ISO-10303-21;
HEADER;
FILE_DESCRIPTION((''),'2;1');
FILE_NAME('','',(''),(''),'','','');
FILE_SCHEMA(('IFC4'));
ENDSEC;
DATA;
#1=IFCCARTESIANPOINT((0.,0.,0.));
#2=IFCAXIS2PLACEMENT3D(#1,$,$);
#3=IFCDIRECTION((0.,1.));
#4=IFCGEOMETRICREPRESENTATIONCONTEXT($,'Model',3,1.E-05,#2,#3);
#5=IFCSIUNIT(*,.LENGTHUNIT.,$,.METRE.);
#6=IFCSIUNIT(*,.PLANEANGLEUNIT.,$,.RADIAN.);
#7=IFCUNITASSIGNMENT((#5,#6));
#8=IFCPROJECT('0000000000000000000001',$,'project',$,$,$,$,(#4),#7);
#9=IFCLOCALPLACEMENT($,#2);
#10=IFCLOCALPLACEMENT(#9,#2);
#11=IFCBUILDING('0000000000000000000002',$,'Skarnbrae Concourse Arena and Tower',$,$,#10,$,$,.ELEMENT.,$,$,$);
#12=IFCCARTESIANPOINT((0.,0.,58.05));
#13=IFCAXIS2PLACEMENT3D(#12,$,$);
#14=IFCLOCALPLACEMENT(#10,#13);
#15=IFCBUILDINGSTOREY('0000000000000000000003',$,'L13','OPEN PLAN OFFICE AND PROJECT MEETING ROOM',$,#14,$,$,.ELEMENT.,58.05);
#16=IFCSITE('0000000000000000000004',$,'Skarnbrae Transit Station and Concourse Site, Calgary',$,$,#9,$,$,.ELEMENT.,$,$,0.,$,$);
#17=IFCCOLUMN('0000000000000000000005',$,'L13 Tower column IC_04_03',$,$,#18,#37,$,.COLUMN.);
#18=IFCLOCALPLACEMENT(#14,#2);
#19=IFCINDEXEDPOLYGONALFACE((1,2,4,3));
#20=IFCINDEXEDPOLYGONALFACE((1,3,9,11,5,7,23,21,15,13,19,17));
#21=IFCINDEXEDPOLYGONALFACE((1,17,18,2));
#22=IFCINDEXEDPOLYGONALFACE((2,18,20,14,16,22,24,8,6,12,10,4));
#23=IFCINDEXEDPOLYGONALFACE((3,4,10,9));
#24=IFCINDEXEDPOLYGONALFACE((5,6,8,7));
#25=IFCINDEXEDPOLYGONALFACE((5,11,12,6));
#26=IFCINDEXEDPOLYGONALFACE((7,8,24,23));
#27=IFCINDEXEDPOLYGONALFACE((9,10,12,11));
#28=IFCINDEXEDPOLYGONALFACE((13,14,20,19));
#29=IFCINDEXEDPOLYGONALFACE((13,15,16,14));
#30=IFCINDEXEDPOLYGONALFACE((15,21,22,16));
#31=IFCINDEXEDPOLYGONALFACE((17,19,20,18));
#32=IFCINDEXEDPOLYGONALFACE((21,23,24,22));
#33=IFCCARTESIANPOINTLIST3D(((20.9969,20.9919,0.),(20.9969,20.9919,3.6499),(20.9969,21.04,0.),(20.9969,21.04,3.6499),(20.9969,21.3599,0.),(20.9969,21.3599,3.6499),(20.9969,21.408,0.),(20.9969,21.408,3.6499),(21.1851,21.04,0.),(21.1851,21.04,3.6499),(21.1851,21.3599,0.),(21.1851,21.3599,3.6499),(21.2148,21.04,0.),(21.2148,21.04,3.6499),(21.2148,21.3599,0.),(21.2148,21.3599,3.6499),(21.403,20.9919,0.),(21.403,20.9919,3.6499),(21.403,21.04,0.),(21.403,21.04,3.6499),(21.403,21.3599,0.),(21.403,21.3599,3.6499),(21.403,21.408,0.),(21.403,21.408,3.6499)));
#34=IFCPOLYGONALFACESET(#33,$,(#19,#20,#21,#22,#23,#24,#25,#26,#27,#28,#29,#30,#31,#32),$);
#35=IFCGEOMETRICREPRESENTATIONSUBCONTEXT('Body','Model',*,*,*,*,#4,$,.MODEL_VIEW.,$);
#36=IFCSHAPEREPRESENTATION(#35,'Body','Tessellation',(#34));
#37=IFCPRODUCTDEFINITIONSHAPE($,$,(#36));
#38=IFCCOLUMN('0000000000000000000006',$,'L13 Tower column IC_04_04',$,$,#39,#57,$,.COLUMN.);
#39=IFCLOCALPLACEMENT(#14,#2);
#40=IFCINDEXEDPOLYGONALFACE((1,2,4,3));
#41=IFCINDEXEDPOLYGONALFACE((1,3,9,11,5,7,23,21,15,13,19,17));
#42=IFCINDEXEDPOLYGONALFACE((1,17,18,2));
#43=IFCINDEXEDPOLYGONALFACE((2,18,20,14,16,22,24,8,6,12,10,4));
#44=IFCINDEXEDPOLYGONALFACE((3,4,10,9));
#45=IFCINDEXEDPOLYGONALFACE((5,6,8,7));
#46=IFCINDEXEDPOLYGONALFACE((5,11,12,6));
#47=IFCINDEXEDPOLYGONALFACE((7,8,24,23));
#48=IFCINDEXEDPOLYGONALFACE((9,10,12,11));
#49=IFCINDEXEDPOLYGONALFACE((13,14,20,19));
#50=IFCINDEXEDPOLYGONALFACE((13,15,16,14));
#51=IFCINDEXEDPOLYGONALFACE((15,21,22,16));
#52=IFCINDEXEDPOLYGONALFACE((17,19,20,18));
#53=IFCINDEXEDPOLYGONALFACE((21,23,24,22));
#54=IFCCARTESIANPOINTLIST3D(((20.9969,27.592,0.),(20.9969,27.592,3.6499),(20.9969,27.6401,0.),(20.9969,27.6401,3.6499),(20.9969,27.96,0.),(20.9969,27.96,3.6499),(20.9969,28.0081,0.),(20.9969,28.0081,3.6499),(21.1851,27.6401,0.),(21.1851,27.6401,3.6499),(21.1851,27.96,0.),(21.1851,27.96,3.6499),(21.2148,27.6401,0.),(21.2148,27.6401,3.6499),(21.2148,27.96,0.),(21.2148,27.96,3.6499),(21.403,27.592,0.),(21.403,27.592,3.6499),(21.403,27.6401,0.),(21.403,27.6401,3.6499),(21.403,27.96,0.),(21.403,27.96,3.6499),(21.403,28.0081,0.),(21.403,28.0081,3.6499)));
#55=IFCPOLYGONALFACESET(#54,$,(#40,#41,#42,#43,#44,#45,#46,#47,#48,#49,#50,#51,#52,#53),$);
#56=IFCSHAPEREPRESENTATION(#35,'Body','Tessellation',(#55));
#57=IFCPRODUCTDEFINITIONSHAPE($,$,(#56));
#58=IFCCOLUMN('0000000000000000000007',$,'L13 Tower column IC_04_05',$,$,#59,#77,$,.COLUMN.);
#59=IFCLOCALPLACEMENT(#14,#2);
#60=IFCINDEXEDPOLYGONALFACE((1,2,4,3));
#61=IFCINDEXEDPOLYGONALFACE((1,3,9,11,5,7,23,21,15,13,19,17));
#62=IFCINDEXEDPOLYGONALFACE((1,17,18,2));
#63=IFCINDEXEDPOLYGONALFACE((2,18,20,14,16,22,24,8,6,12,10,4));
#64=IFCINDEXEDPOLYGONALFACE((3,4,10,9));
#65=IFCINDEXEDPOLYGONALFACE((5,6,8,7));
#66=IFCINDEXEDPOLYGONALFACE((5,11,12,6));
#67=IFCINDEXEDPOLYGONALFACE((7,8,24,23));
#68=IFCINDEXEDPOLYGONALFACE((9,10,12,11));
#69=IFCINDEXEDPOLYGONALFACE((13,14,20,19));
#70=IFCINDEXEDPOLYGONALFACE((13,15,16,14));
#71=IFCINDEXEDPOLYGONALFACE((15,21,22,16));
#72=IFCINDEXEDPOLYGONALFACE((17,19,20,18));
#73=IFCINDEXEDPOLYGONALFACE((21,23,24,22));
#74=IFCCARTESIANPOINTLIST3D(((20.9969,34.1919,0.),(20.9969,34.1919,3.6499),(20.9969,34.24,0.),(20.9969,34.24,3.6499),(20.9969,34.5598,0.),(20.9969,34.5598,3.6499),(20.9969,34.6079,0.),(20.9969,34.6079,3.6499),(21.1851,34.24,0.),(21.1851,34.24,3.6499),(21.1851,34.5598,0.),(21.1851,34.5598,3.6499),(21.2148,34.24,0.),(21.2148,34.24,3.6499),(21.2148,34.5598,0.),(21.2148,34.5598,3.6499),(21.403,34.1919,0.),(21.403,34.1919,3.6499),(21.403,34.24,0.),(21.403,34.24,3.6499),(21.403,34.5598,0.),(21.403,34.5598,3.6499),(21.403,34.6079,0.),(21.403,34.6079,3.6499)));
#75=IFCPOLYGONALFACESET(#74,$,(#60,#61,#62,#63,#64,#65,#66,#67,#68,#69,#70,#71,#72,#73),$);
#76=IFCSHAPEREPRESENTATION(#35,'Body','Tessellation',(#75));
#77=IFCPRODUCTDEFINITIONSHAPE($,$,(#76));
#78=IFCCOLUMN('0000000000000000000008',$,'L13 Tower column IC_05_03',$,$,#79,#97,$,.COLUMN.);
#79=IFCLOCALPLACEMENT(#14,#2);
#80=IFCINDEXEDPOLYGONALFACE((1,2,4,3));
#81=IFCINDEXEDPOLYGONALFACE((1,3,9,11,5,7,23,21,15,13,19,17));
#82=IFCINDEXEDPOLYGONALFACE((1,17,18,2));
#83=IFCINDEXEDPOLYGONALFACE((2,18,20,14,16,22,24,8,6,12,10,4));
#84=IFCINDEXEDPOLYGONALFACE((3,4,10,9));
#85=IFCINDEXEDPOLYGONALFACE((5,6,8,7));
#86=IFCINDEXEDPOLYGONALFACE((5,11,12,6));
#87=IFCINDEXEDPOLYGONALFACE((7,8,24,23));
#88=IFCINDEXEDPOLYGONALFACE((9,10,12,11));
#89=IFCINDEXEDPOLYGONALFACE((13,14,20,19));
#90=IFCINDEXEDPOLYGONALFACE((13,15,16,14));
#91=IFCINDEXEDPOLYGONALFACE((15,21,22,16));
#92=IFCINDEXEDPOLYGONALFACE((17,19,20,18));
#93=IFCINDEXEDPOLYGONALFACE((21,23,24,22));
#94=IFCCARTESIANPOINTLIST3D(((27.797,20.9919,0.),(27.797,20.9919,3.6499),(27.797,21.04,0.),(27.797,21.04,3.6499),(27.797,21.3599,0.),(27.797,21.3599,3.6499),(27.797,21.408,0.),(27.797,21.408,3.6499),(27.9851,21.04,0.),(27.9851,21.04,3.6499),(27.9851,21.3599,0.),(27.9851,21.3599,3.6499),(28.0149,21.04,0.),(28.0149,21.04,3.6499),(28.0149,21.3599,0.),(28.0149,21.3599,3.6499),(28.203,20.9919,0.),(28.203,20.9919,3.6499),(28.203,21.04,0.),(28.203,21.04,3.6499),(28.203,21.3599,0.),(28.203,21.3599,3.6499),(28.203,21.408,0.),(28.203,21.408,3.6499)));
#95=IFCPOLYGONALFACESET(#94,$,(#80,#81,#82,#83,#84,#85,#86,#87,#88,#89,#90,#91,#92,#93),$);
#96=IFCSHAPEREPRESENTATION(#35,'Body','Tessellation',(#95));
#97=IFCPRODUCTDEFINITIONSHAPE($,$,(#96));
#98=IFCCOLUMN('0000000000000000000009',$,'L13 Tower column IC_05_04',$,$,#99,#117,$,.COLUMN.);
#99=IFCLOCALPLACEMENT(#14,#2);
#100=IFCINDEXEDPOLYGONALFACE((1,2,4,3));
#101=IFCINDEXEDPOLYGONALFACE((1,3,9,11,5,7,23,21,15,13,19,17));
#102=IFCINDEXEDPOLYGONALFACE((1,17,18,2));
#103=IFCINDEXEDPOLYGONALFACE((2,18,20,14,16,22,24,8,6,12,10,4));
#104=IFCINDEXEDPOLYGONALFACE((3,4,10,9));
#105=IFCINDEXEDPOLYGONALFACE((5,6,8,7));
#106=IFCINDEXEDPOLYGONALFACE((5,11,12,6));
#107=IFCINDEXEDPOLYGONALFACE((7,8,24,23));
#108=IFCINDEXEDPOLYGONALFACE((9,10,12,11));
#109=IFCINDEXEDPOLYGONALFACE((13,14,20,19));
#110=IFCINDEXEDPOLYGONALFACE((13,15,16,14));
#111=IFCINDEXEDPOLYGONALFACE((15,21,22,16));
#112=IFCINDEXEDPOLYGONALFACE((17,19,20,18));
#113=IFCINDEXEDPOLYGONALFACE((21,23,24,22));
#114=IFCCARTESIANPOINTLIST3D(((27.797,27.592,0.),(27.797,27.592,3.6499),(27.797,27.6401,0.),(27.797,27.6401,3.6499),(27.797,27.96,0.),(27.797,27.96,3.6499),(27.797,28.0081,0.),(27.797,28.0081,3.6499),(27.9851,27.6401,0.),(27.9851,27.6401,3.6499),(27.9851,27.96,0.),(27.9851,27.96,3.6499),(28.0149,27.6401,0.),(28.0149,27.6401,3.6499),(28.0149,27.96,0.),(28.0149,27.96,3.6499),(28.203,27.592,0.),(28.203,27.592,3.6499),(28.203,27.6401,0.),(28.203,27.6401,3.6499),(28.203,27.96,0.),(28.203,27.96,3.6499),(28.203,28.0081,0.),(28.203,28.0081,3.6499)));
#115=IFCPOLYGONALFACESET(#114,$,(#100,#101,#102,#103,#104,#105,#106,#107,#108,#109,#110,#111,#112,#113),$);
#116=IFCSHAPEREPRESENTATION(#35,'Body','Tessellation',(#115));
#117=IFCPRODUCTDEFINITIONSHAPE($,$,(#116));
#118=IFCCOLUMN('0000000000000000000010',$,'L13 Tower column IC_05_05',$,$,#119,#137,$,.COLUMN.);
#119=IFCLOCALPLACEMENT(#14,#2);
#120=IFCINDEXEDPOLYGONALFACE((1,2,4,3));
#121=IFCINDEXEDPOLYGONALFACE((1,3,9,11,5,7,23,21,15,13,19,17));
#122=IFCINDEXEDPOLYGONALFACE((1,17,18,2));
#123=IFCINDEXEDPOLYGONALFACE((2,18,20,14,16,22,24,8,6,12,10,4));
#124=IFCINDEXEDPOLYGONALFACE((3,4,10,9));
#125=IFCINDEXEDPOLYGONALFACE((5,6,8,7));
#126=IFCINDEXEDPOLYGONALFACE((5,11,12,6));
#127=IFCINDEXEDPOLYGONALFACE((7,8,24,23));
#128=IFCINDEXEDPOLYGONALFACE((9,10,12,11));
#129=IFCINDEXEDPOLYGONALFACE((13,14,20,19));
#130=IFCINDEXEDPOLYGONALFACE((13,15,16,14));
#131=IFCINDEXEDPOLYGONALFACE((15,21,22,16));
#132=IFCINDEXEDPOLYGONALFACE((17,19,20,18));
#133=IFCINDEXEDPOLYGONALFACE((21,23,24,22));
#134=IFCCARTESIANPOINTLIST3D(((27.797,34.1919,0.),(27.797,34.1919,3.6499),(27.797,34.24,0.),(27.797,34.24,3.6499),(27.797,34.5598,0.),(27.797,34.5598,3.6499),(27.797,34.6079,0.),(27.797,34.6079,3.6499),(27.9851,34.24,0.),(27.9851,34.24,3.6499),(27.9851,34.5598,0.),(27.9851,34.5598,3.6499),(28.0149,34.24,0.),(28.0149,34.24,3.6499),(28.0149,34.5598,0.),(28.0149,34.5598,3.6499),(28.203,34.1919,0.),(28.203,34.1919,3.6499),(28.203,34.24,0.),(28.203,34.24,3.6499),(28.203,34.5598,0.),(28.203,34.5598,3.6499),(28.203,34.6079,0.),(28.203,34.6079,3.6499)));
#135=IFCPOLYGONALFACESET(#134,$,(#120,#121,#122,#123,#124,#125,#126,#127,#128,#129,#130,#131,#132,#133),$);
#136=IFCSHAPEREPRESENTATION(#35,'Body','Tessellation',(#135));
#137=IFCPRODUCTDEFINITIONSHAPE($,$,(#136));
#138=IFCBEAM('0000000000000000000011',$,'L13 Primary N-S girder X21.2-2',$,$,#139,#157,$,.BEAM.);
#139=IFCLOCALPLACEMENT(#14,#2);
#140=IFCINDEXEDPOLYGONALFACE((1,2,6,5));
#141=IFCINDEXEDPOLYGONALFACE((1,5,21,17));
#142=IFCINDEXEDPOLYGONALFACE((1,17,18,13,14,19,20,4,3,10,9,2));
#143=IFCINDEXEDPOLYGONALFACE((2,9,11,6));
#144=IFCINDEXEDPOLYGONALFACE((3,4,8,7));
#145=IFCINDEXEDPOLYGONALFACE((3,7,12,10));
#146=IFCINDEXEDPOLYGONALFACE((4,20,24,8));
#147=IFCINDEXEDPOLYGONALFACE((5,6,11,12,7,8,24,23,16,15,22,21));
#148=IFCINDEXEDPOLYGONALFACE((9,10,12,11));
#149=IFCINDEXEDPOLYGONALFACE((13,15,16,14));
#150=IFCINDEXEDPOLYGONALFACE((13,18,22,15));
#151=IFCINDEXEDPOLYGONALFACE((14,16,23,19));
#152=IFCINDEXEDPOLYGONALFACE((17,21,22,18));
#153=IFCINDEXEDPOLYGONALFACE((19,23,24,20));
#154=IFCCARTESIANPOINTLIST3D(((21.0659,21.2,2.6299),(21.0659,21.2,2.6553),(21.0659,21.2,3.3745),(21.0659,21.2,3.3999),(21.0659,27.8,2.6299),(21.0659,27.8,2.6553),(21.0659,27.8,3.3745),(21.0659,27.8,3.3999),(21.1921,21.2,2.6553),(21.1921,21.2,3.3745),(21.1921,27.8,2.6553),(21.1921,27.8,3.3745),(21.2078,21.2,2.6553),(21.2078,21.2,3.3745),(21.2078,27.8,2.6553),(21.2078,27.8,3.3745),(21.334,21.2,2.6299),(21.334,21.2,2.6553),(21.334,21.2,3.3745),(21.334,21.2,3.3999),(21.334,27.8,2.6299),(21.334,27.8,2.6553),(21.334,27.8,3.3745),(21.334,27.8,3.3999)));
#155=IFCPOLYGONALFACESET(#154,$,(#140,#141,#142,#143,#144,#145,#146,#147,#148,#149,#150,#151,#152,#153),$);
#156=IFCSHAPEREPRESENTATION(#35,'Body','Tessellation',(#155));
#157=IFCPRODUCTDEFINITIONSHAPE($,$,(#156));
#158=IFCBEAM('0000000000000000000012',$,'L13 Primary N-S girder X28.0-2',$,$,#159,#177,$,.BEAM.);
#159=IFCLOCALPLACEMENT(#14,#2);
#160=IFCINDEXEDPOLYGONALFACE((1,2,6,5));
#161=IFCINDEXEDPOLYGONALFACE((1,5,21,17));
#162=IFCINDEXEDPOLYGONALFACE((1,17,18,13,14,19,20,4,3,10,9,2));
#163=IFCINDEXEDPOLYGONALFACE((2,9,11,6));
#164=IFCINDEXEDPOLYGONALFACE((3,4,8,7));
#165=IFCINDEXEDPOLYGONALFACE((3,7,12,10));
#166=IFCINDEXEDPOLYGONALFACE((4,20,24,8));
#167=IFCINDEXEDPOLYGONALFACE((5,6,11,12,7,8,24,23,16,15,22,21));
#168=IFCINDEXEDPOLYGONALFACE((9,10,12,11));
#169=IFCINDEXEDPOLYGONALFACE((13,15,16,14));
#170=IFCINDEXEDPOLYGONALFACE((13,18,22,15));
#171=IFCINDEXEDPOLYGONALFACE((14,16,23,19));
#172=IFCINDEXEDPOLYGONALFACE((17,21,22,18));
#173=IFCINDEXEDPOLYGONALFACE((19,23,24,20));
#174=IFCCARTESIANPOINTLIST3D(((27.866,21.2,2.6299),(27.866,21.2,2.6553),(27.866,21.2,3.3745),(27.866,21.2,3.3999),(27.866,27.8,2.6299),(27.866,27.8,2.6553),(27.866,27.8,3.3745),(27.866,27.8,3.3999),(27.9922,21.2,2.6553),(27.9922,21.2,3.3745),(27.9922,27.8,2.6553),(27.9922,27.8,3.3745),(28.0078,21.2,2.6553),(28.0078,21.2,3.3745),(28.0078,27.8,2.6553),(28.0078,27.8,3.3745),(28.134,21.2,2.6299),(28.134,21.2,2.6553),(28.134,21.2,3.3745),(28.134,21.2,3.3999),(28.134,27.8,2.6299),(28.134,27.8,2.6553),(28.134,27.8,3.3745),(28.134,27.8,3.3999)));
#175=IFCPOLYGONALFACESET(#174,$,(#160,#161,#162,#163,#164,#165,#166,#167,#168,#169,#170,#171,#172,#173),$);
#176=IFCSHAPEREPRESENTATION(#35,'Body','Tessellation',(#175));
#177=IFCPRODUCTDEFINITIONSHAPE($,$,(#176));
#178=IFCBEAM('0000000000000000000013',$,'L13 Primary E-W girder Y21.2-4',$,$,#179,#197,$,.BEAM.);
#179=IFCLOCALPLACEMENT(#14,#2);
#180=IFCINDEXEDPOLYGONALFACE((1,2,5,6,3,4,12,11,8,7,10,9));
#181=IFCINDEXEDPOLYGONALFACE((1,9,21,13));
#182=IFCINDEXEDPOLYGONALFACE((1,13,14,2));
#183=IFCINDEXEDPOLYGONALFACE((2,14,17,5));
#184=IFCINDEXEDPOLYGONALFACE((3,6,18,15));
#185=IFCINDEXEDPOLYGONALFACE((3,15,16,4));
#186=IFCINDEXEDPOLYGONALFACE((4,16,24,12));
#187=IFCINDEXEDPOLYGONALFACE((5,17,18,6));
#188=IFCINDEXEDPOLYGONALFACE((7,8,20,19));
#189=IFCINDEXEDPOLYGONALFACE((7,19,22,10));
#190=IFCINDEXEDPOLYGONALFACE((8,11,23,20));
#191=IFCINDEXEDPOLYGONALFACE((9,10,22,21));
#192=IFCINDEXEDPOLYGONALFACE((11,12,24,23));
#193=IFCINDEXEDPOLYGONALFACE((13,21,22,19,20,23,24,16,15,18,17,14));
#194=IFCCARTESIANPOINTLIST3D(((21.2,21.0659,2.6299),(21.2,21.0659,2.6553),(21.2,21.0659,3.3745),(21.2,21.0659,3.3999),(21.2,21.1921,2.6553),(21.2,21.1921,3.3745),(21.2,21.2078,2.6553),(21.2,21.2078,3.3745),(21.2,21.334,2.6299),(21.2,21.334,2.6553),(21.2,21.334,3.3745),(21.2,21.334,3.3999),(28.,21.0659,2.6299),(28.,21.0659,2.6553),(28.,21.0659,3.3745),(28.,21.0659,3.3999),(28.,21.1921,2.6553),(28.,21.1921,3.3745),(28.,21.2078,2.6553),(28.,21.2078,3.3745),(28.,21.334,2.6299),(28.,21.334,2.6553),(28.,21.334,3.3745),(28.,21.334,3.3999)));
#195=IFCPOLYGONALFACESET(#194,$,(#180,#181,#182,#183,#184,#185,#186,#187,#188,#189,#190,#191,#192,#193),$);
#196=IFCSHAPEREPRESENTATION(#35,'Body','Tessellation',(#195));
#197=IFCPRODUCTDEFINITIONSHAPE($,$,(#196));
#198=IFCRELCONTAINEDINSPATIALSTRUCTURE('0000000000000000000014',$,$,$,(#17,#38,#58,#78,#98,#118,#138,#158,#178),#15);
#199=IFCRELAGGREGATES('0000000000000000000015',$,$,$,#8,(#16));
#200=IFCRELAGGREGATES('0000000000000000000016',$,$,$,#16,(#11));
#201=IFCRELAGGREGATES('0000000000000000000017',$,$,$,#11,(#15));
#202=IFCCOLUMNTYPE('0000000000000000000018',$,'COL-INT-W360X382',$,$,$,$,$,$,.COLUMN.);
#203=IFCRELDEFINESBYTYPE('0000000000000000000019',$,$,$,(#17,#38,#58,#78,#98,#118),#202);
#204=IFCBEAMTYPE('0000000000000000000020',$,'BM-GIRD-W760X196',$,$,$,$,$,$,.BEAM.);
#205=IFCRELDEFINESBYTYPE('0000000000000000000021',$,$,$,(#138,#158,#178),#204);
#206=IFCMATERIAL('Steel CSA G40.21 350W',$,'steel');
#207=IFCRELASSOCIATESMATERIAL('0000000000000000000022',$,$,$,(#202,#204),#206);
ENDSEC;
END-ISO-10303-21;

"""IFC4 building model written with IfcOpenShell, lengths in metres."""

from ifc_helpers import new_model, si_unit, direction, frame, origin, origin_2d, place, context, subcontext, project, spatial, i_section, extrude, source, transform, mapped, material, material_profile, profile_set, type_object, element, save


model = new_model("IFC4")

# Units and contexts
model_context = context("Model", 3, precision=1e-05, world=origin(), true_north=direction((0.0, 1.0)))
body_context = subcontext(model_context, "Body", "Model", "MODEL_VIEW")
ifc_project = project(units=[si_unit("LENGTHUNIT", "METRE"), si_unit("PLANEANGLEUNIT", "RADIAN")], contexts=[model_context])

# Site, building, storey
site_placement = place(None, origin())
site = spatial("IfcSite", under=ifc_project, at=site_placement, Name="Skarnbrae Transit Station and Concourse Site, Calgary", CompositionType="ELEMENT", RefElevation=0.0)
building_placement = place(site_placement, origin())
building = spatial("IfcBuilding", under=site, at=building_placement, Name="Skarnbrae Concourse Arena and Tower", CompositionType="ELEMENT")
storey_placement = place(building_placement, frame((0.0, 0.0, 58.05)))
storey = spatial("IfcBuildingStorey", under=building, at=storey_placement, Name="L13", Description="OPEN PLAN OFFICE AND PROJECT MEETING ROOM", CompositionType="ELEMENT", Elevation=58.05)

# Columns
ifc_material_1 = material(Name="Steel CSA G40.21 350W", Category="steel")
ifc_material_profile_1 = material_profile(ifc_material_1, i_section(OverallWidth=0.406, OverallDepth=0.416, WebThickness=0.0298, FlangeThickness=0.0481, at=origin_2d()), Name="W360X382")
ifc_profile_set_1 = profile_set([ifc_material_profile_1], Name="Steel CSA G40.21 350W")
column_type = type_object("IfcColumnType", Name="COL-INT-W360X382", PredefinedType="COLUMN", material=ifc_profile_set_1)
shared_shape_1 = source(origin(), body_context, "Body", "SweptSolid", [
    extrude(i_section(OverallWidth=0.406, OverallDepth=0.416, WebThickness=0.0298, FlangeThickness=0.0481, at=origin_2d()), origin(), (0.0, 0.0, 1.0), 3.6499),
])
for number, where, z_axis, x_axis, name in (
    (1, (21.2, 21.2, 0.0), (0.0, 0.0, 1.0), (1.0, 0.0, 0.0), "L13 Tower column IC_04_03"),
    (2, (21.2, 27.8, 0.0), (0.0, 0.0, 1.0), (1.0, 0.0, 0.0), "L13 Tower column IC_04_04"),
    (3, (21.2, 34.3999, 0.0), (0.0, 0.0, 1.0), (1.0, 0.0, 0.0), "L13 Tower column IC_04_05"),
    (4, (28.0, 21.2, 0.0), (0.0, 0.0, 1.0), (1.0, 0.0, 0.0), "L13 Tower column IC_05_03"),
    (5, (28.0, 27.8, 0.0), (0.0, 0.0, 1.0), (1.0, 0.0, 0.0), "L13 Tower column IC_05_04"),
    (6, (28.0, 34.3999, 0.0), (0.0, 0.0, 1.0), (1.0, 0.0, 0.0), "L13 Tower column IC_05_05"),
):
    element("IfcColumn", number, at=place(storey_placement, frame(where, z_axis=z_axis, x_axis=x_axis)), inside=storey, type_object=column_type, Name=name, PredefinedType="COLUMN", context=body_context, shape_type="MappedRepresentation", body=[
        mapped(shared_shape_1, transform((0.0, 0.0, 0.0))),
    ])

# Beams
ifc_material_profile_2 = material_profile(ifc_material_1, i_section(OverallWidth=0.2681, OverallDepth=0.77, WebThickness=0.0156, FlangeThickness=0.0254, at=origin_2d()), Name="W760X196")
ifc_profile_set_2 = profile_set([ifc_material_profile_2], Name="Steel CSA G40.21 350W")
beam_type_1 = type_object("IfcBeamType", Name="BM-GIRD-W760X196", PredefinedType="BEAM", material=ifc_profile_set_2)
shared_shape_2 = source(origin(), body_context, "Body", "SweptSolid", [
    extrude(i_section(OverallWidth=0.2681, OverallDepth=0.77, WebThickness=0.0156, FlangeThickness=0.0254, at=origin_2d()), origin(), (0.0, 0.0, 1.0), 6.6001),
])
for number, where, z_axis, x_axis, name in (
    (7, (21.2, 21.2, 3.0149), (0.0, 1.0, 0.0), (-1.0, 0.0, 0.0), "L13 Primary N-S girder X21.2-2"),
    (8, (28.0, 21.2, 3.0149), (0.0, 1.0, 0.0), (-1.0, 0.0, 0.0), "L13 Primary N-S girder X28.0-2"),
):
    element("IfcBeam", number, at=place(storey_placement, frame(where, z_axis=z_axis, x_axis=x_axis)), inside=storey, type_object=beam_type_1, Name=name, PredefinedType="BEAM", context=body_context, shape_type="MappedRepresentation", body=[
        mapped(shared_shape_2, transform((0.0, 0.0, 0.0))),
    ])
shared_shape_3 = source(origin(), body_context, "Body", "SweptSolid", [
    extrude(i_section(OverallWidth=0.2681, OverallDepth=0.77, WebThickness=0.0156, FlangeThickness=0.0254, at=origin_2d()), origin(), (0.0, 0.0, 1.0), 6.8),
])
for number, where, z_axis, x_axis, name in (
    (9, (21.2, 21.2, 3.0149), (1.0, 0.0, 0.0), (0.0, 1.0, 0.0), "L13 Primary E-W girder Y21.2-4"),
):
    element("IfcBeam", number, at=place(storey_placement, frame(where, z_axis=z_axis, x_axis=x_axis)), inside=storey, type_object=beam_type_1, Name=name, PredefinedType="BEAM", context=body_context, shape_type="MappedRepresentation", body=[
        mapped(shared_shape_3, transform((0.0, 0.0, 0.0))),
    ])

save(model, "model.ifc")
